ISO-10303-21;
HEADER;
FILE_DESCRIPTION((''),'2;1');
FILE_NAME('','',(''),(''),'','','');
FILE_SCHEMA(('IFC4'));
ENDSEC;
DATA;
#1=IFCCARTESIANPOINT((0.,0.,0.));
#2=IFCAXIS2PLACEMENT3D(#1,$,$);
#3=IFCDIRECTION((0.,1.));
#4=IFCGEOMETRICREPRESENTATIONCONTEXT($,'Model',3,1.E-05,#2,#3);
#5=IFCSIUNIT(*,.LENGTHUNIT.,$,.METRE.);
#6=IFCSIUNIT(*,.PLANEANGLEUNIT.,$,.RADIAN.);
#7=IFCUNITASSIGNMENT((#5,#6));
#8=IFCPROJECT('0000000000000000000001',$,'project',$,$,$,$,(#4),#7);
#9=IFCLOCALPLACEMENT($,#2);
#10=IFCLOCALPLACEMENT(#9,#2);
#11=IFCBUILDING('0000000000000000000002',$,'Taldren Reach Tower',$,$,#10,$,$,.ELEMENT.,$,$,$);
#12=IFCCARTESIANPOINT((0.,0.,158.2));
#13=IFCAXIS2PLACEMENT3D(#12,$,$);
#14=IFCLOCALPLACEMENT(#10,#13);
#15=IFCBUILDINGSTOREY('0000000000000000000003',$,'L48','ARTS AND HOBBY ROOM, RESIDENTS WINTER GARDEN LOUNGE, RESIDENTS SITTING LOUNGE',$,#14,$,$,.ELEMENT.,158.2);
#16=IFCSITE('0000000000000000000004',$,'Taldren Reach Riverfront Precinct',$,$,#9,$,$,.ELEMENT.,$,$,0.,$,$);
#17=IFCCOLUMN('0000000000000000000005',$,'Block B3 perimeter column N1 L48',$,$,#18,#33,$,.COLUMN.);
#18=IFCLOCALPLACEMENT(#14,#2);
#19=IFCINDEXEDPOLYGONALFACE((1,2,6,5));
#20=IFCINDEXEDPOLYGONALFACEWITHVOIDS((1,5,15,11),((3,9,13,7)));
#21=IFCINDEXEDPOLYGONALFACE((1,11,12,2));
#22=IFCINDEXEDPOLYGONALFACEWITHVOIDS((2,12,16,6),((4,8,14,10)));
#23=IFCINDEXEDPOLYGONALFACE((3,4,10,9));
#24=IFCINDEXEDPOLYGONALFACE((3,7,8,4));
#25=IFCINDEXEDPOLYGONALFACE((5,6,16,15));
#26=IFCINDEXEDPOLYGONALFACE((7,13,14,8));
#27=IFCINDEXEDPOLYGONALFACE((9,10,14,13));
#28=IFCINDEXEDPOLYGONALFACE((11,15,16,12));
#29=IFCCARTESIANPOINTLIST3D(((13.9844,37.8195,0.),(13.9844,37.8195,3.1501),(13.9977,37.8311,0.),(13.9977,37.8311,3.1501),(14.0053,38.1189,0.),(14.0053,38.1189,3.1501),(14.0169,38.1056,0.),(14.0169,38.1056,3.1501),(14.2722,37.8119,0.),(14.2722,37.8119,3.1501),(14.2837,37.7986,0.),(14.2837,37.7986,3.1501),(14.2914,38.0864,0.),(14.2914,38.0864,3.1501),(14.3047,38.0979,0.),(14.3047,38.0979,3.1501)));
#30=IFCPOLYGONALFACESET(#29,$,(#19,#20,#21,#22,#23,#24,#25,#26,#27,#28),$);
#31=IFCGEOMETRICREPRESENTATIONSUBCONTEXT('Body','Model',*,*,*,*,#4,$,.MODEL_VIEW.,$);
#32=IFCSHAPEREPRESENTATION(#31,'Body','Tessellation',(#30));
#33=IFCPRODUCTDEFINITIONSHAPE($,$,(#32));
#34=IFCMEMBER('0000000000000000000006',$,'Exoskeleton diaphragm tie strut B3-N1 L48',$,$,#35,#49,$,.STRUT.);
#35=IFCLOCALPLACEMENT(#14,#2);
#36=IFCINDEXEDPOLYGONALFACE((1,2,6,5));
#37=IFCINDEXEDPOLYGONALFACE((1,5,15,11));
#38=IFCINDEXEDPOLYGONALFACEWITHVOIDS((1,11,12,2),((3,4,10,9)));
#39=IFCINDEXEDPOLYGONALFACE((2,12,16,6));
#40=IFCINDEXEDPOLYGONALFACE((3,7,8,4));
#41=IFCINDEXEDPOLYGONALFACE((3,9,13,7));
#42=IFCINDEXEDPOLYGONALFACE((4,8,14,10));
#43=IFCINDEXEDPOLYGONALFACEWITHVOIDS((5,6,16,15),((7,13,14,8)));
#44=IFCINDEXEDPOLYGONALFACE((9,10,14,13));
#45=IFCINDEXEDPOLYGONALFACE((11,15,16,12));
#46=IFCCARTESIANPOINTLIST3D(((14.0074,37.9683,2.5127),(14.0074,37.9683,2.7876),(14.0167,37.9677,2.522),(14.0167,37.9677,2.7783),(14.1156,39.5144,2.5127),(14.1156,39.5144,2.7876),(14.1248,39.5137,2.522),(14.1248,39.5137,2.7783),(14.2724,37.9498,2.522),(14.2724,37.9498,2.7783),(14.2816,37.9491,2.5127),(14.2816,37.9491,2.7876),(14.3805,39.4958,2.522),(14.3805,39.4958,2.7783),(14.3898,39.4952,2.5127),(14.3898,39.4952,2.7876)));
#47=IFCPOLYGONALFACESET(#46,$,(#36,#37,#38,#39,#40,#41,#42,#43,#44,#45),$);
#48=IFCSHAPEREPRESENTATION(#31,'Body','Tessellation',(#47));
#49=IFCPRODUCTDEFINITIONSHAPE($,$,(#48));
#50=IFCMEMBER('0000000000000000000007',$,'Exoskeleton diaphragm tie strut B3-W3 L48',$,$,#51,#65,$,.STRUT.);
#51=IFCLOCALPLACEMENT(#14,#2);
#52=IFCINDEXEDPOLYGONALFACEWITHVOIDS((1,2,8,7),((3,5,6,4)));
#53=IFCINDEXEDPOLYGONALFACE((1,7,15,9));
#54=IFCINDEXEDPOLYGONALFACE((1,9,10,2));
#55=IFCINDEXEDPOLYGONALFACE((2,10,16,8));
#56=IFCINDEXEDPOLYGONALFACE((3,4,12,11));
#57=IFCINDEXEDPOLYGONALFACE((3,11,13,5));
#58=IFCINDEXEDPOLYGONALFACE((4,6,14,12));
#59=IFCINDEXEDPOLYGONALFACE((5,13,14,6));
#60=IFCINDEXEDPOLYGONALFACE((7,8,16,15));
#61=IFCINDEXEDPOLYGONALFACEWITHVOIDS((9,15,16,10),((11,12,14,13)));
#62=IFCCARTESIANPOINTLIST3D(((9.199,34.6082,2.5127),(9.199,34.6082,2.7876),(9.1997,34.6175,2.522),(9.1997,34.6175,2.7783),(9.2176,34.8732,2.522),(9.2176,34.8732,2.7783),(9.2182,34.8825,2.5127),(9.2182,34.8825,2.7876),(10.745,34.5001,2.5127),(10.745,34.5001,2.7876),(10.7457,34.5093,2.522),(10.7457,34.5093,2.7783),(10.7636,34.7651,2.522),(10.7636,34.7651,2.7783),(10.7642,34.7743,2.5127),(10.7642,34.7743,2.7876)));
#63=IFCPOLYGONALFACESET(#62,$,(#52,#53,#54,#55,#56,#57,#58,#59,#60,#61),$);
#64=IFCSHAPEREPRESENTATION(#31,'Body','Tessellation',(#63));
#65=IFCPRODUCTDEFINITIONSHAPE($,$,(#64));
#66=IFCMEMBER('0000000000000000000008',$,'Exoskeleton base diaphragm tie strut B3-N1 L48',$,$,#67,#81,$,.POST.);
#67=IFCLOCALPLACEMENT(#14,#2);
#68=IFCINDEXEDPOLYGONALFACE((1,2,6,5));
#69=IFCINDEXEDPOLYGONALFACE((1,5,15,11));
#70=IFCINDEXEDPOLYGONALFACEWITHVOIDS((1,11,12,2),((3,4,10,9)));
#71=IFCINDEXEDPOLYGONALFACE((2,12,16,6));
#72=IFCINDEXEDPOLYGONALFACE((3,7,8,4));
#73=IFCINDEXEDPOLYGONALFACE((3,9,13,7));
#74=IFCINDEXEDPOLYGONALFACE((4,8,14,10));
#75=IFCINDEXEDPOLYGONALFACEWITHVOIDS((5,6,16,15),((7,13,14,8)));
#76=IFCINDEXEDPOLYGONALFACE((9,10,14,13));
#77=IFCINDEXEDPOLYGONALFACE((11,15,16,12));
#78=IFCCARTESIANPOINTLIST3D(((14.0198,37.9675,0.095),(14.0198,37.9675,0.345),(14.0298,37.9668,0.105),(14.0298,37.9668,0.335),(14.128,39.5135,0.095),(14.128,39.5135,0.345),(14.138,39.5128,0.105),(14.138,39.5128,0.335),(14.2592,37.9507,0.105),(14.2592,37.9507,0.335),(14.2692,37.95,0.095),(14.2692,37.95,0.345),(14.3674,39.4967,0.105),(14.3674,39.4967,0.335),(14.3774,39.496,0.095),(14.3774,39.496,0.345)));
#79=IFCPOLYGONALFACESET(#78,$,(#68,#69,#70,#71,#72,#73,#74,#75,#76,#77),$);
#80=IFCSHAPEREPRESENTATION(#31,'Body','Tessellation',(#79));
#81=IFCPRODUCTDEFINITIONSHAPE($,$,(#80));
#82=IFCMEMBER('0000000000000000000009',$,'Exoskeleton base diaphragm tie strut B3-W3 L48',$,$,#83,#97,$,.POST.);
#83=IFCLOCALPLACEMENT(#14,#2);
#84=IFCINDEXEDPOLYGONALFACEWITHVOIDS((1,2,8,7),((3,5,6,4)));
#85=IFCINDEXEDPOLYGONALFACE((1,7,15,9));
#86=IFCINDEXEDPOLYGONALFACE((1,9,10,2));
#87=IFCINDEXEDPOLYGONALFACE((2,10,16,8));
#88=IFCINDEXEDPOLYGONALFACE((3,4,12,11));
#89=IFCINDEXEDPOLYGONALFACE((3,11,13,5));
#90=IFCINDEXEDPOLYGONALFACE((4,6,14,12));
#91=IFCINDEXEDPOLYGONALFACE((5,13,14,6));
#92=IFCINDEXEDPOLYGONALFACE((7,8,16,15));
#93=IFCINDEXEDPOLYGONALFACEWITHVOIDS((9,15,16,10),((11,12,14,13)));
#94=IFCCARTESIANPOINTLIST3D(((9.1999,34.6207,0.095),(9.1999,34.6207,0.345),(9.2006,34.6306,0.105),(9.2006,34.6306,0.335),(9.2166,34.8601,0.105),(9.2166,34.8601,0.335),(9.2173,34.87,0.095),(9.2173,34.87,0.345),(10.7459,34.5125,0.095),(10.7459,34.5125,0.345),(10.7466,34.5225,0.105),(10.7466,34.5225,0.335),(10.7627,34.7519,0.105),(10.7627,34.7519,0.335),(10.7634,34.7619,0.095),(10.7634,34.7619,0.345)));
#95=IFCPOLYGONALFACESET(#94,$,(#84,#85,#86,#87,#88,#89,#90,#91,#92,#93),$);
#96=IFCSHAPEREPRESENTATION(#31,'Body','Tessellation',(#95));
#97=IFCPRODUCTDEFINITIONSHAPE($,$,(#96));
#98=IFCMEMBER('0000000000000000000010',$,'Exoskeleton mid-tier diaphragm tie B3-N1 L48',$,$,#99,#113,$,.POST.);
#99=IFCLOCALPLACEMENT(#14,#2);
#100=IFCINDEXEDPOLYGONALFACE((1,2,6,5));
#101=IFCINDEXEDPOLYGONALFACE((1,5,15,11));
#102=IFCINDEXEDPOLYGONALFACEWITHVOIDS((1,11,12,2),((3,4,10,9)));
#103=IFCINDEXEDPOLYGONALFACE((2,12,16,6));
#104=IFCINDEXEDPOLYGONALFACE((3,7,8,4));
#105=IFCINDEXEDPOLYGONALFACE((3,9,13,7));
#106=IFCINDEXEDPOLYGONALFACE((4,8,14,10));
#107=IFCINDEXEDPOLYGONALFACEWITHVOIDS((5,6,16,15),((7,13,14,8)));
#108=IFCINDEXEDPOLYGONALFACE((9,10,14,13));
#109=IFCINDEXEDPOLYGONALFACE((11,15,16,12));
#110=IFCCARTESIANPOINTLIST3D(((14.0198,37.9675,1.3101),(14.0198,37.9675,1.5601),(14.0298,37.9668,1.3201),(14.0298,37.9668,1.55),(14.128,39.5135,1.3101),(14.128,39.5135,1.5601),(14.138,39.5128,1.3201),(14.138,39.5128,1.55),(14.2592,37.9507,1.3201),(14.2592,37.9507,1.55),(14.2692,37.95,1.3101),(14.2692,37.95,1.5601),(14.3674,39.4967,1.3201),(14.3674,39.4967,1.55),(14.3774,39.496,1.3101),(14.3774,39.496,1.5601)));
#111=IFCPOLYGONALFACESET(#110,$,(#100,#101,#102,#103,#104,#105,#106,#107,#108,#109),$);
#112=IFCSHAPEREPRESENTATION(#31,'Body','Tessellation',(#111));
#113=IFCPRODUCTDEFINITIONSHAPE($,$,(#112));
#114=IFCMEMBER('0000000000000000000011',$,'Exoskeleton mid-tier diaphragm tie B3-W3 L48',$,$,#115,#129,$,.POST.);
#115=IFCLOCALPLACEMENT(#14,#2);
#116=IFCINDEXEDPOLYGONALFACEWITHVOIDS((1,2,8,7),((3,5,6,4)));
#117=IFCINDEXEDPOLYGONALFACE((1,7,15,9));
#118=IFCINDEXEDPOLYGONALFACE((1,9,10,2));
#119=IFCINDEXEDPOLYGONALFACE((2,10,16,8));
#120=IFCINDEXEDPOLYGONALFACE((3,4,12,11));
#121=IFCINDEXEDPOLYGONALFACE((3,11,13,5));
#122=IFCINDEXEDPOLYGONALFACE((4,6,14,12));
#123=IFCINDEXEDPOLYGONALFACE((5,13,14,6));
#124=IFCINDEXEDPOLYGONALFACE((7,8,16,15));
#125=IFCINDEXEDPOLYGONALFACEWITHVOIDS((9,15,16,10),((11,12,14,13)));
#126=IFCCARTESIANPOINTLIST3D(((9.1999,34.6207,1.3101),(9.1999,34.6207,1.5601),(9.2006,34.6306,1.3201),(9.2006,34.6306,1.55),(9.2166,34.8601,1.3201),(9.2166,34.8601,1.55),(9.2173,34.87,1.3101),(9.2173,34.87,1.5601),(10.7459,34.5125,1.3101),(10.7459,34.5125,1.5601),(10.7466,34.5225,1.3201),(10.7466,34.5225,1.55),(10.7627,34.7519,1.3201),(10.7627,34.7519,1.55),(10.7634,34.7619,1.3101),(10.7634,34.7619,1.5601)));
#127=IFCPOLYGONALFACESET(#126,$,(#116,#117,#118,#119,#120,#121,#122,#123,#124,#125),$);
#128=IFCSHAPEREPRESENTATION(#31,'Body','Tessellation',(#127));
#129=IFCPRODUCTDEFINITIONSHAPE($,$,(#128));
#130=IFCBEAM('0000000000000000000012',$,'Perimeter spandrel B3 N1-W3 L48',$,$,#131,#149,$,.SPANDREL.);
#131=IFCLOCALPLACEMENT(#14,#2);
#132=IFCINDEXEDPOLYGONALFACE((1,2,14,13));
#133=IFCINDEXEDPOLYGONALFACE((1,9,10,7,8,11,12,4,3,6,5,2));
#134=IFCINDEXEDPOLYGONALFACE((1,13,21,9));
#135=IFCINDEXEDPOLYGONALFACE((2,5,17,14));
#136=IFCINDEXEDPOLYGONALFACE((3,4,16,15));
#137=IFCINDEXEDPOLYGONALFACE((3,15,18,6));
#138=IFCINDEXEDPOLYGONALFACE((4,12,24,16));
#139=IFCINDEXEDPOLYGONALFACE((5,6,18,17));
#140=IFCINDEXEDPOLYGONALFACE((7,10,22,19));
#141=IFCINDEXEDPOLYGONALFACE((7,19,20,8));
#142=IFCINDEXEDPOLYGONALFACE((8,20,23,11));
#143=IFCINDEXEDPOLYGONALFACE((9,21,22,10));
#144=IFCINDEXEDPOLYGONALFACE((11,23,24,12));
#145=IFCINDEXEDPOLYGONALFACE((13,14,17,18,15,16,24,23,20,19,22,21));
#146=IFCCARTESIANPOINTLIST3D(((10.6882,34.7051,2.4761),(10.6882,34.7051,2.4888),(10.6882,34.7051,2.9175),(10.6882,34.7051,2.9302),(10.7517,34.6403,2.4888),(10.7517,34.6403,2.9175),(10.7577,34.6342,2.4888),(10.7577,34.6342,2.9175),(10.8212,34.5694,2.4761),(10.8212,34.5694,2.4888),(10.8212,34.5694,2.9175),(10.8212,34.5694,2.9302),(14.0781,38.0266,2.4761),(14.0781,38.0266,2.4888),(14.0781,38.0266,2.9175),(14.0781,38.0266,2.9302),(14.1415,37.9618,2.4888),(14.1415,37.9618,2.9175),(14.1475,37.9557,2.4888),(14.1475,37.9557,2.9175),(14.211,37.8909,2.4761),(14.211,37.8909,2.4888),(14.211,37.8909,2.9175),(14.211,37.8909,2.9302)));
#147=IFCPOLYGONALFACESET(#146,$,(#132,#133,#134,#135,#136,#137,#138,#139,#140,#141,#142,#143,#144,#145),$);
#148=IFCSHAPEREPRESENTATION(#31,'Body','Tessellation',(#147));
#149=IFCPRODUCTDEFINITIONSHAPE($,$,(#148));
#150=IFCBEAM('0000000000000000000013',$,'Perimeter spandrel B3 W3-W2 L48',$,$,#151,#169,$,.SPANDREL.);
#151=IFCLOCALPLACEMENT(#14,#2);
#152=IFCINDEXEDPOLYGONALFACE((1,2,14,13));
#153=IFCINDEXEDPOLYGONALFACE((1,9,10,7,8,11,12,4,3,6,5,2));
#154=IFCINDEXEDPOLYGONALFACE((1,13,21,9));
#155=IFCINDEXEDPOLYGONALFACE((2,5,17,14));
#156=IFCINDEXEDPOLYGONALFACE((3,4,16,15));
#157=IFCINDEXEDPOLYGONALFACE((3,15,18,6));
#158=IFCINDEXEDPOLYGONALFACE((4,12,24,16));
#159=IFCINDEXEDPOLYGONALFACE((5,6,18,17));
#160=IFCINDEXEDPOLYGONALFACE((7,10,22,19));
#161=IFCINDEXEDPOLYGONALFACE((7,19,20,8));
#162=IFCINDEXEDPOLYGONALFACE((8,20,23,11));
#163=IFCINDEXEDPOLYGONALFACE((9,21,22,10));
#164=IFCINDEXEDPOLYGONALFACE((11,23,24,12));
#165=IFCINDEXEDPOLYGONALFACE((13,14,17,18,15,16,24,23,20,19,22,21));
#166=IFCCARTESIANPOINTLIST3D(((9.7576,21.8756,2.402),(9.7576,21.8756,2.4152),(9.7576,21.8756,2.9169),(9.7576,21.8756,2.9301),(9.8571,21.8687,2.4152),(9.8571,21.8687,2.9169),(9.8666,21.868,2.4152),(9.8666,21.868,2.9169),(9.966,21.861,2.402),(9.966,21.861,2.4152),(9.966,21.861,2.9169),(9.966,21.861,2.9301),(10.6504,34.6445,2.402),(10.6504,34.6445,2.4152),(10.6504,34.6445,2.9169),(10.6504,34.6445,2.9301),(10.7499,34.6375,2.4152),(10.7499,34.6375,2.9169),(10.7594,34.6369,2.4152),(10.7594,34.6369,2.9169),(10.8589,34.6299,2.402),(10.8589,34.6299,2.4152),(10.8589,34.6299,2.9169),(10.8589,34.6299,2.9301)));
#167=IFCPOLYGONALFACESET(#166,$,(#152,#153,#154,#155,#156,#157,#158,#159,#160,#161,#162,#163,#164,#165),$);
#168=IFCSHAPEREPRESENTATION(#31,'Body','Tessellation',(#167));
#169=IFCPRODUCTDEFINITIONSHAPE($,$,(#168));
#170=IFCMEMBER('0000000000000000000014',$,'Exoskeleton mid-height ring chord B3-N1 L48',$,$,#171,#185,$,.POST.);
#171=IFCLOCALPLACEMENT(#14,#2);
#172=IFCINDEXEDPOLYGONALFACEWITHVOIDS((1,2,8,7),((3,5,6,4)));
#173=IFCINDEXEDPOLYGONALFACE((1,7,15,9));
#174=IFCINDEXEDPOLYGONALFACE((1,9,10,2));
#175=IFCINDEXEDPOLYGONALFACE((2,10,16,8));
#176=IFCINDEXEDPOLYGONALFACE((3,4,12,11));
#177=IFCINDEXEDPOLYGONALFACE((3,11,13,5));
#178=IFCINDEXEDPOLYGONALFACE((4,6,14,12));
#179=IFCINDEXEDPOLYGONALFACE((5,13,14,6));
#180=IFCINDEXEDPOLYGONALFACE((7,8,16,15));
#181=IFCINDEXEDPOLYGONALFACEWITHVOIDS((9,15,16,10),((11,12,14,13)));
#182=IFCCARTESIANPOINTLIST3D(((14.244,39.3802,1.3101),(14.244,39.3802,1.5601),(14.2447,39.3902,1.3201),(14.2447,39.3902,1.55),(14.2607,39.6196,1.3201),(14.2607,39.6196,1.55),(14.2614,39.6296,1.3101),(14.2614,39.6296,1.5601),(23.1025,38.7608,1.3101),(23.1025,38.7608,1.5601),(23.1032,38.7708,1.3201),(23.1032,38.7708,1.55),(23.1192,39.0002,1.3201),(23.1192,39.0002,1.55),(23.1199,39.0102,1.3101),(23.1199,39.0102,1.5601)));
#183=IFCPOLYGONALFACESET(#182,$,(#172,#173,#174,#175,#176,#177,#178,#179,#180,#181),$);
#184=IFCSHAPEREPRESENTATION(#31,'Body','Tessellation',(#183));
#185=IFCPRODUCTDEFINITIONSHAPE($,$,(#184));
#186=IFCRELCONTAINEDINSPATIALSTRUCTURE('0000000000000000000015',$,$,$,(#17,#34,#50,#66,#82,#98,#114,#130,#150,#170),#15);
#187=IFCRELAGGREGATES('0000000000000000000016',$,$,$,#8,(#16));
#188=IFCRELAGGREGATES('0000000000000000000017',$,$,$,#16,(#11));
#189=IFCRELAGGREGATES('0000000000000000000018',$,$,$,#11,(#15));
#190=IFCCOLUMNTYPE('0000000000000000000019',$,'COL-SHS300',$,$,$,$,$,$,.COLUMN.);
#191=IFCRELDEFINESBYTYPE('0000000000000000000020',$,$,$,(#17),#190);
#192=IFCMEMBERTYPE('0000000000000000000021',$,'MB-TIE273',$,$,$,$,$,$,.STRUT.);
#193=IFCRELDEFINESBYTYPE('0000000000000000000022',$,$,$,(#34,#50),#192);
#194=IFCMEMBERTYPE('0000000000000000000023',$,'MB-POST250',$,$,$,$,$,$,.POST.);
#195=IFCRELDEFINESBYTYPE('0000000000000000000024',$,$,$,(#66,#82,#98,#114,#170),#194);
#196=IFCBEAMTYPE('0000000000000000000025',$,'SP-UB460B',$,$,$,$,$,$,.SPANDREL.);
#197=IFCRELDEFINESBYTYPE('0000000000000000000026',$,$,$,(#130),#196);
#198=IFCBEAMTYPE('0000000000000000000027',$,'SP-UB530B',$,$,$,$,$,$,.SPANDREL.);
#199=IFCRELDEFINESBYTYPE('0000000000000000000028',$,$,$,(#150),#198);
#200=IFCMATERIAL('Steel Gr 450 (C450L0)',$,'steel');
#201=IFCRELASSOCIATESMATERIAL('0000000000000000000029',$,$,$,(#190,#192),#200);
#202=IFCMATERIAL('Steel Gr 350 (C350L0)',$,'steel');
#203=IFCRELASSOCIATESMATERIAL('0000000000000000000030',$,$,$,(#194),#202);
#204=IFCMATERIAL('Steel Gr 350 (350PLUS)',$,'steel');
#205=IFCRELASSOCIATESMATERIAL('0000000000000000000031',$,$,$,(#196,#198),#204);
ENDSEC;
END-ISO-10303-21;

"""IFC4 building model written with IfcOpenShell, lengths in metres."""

from ifc_helpers import new_model, si_unit, direction, frame, origin, origin_2d, place, context, subcontext, project, spatial, hollow_rectangle, i_section, extrude, source, transform, mapped, material, material_profile, profile_set, type_object, element, save


model = new_model("IFC4")

# Units and contexts
model_context = context("Model", 3, precision=1e-05, world=origin(), true_north=direction((0.0, 1.0)))
body_context = subcontext(model_context, "Body", "Model", "MODEL_VIEW")
ifc_project = project(units=[si_unit("LENGTHUNIT", "METRE"), si_unit("PLANEANGLEUNIT", "RADIAN")], contexts=[model_context])

# Site, building, storey
site_placement = place(None, origin())
site = spatial("IfcSite", under=ifc_project, at=site_placement, Name="Taldren Reach Riverfront Precinct", CompositionType="ELEMENT", RefElevation=0.0)
building_placement = place(site_placement, origin())
building = spatial("IfcBuilding", under=site, at=building_placement, Name="Taldren Reach Tower", CompositionType="ELEMENT")
storey_placement = place(building_placement, frame((0.0, 0.0, 158.2)))
storey = spatial("IfcBuildingStorey", under=building, at=storey_placement, Name="L48", Description="ARTS AND HOBBY ROOM, RESIDENTS WINTER GARDEN LOUNGE, RESIDENTS SITTING LOUNGE", CompositionType="ELEMENT", Elevation=158.2)

# Column
ifc_material_1 = material(Name="Steel Gr 450 (C450L0)", Category="steel")
ifc_material_profile_1 = material_profile(ifc_material_1, hollow_rectangle(XDim=0.3, YDim=0.3, WallThickness=0.0125, at=origin_2d()), Name="300x300x12.5SHS")
ifc_profile_set_1 = profile_set([ifc_material_profile_1], Name="Steel Gr 450 (C450L0)")
column_type = type_object("IfcColumnType", Name="COL-SHS300", PredefinedType="COLUMN", material=ifc_profile_set_1)
shared_shape_1 = source(origin(), body_context, "Body", "SweptSolid", [
    extrude(hollow_rectangle(XDim=0.3, YDim=0.3, WallThickness=0.0125, at=origin_2d()), origin(), (0.0, 0.0, 1.0), 3.1501),
])
column_placement = place(storey_placement, frame((14.1445, 37.9587, 0.0), z_axis=(0.0, 0.0, 1.0), x_axis=(0.997564, -0.069756, 0.0)))
element("IfcColumn", 1, at=column_placement, inside=storey, type_object=column_type, Name="Block B3 perimeter column N1 L48", PredefinedType="COLUMN", context=body_context, shape_type="MappedRepresentation", body=[
    mapped(shared_shape_1, transform((0.0, 0.0, 0.0), scale=1.0)),
])

# Members
ifc_material_profile_2 = material_profile(ifc_material_1, hollow_rectangle(XDim=0.2749, YDim=0.2749, WallThickness=0.0093, at=origin_2d()), Name="275x275x9.3SHS")
ifc_profile_set_2 = profile_set([ifc_material_profile_2], Name="Steel Gr 450 (C450L0)")
member_type_1 = type_object("IfcMemberType", Name="MB-TIE273", PredefinedType="STRUT", material=ifc_profile_set_2)
shared_shape_2 = source(origin(), body_context, "Body", "SweptSolid", [
    extrude(hollow_rectangle(XDim=0.2749, YDim=0.2749, WallThickness=0.0093, at=origin_2d()), origin(), (0.0, 0.0, 1.0), 1.5498),
])
for number, where, z_axis, x_axis, name in (
    (2, (14.1445, 37.9587, 2.6501), (0.069781, 0.997562, 0.0), (-0.997562, 0.069781, 0.0), "Exoskeleton diaphragm tie strut B3-N1 L48"),
    (3, (10.7546, 34.6372, 2.6501), (-0.997562, 0.069781, 0.0), (-0.069781, -0.997562, 0.0), "Exoskeleton diaphragm tie strut B3-W3 L48"),
):
    element("IfcMember", number, at=place(storey_placement, frame(where, z_axis=z_axis, x_axis=x_axis)), inside=storey, type_object=member_type_1, Name=name, PredefinedType="STRUT", context=body_context, shape_type="MappedRepresentation", body=[
        mapped(shared_shape_2, transform((0.0, 0.0, 0.0), scale=1.0)),
    ])
ifc_material_2 = material(Name="Steel Gr 350 (C350L0)", Category="steel")
ifc_material_profile_3 = material_profile(ifc_material_2, hollow_rectangle(XDim=0.25, YDim=0.25, WallThickness=0.01, at=origin_2d()), Name="250x250x10.0SHS")
ifc_profile_set_3 = profile_set([ifc_material_profile_3], Name="Steel Gr 350 (C350L0)")
member_type_2 = type_object("IfcMemberType", Name="MB-POST250", PredefinedType="POST", material=ifc_profile_set_3)
shared_shape_3 = source(origin(), body_context, "Body", "SweptSolid", [
    extrude(hollow_rectangle(XDim=0.25, YDim=0.25, WallThickness=0.01, at=origin_2d()), origin(), (0.0, 0.0, 1.0), 1.5498),
])
for number, where, z_axis, x_axis, name in (
    (4, (14.1445, 37.9587, 0.22), (0.069781, 0.997562, 0.0), (-0.997562, 0.069781, 0.0), "Exoskeleton base diaphragm tie strut B3-N1 L48"),
    (5, (10.7546, 34.6372, 0.22), (-0.997562, 0.069781, 0.0), (-0.069781, -0.997562, 0.0), "Exoskeleton base diaphragm tie strut B3-W3 L48"),
    (6, (14.1445, 37.9587, 1.4351), (0.069781, 0.997562, 0.0), (-0.997562, 0.069781, 0.0), "Exoskeleton mid-tier diaphragm tie B3-N1 L48"),
    (7, (10.7546, 34.6372, 1.4351), (-0.997562, 0.069781, 0.0), (-0.069781, -0.997562, 0.0), "Exoskeleton mid-tier diaphragm tie B3-W3 L48"),
):
    element("IfcMember", number, at=place(storey_placement, frame(where, z_axis=z_axis, x_axis=x_axis)), inside=storey, type_object=member_type_2, Name=name, PredefinedType="POST", context=body_context, shape_type="MappedRepresentation", body=[
        mapped(shared_shape_3, transform((0.0, 0.0, 0.0), scale=1.0)),
    ])

# Beams
ifc_material_3 = material(Name="Steel Gr 350 (350PLUS)", Category="steel")
ifc_material_profile_4 = material_profile(ifc_material_3, i_section(OverallWidth=0.1899, OverallDepth=0.4541, WebThickness=0.0085, FlangeThickness=0.0127, at=origin_2d()), Name="460UB67.1")
ifc_profile_set_4 = profile_set([ifc_material_profile_4], Name="Steel Gr 350 (350PLUS)")
beam_type_1 = type_object("IfcBeamType", Name="SP-UB460B", PredefinedType="SPANDREL", material=ifc_profile_set_4)
shared_shape_4 = source(origin(), body_context, "Body", "SweptSolid", [
    extrude(i_section(OverallWidth=0.1899, OverallDepth=0.4541, WebThickness=0.0085, FlangeThickness=0.0127, at=origin_2d()), origin(), (0.0, 0.0, 1.0), 4.7458),
])
beam_1_placement = place(storey_placement, frame((14.1445, 37.9587, 2.7031), z_axis=(-0.714272, -0.699868, 0.0), x_axis=(0.699868, -0.714272, 0.0)))
element("IfcBeam", 8, at=beam_1_placement, inside=storey, type_object=beam_type_1, Name="Perimeter spandrel B3 N1-W3 L48", PredefinedType="SPANDREL", context=body_context, shape_type="MappedRepresentation", body=[
    mapped(shared_shape_4, transform((0.0, 0.0, 0.0), scale=1.0)),
])
ifc_material_profile_5 = material_profile(ifc_material_3, i_section(OverallWidth=0.209, OverallDepth=0.5281, WebThickness=0.0095, FlangeThickness=0.0132, at=origin_2d()), Name="530UB82.0")
ifc_profile_set_5 = profile_set([ifc_material_profile_5], Name="Steel Gr 350 (350PLUS)")
beam_type_2 = type_object("IfcBeamType", Name="SP-UB530B", PredefinedType="SPANDREL", material=ifc_profile_set_5)
shared_shape_5 = source(origin(), body_context, "Body", "SweptSolid", [
    extrude(i_section(OverallWidth=0.209, OverallDepth=0.5281, WebThickness=0.0095, FlangeThickness=0.0132, at=origin_2d()), origin(), (0.0, 0.0, 1.0), 12.8),
])
beam_2_placement = place(storey_placement, frame((10.7546, 34.6372, 2.666), z_axis=(-0.069752, -0.997564, 0.0), x_axis=(0.997564, -0.069752, 0.0)))
element("IfcBeam", 9, at=beam_2_placement, inside=storey, type_object=beam_type_2, Name="Perimeter spandrel B3 W3-W2 L48", PredefinedType="SPANDREL", context=body_context, shape_type="MappedRepresentation", body=[
    mapped(shared_shape_5, transform((0.0, 0.0, 0.0), scale=1.0)),
])

# Member
shared_shape_6 = source(origin(), body_context, "Body", "SweptSolid", [
    extrude(hollow_rectangle(XDim=0.25, YDim=0.25, WallThickness=0.01, at=origin_2d()), origin(), (0.0, 0.0, 1.0), 8.8801),
])
member_1_placement = place(storey_placement, frame((14.2527, 39.5049, 1.4351), z_axis=(0.997564, -0.06975, 0.0), x_axis=(0.06975, 0.997564, 0.0)))
element("IfcMember", 10, at=member_1_placement, inside=storey, type_object=member_type_2, Name="Exoskeleton mid-height ring chord B3-N1 L48", PredefinedType="POST", context=body_context, shape_type="MappedRepresentation", body=[
    mapped(shared_shape_6, transform((0.0, 0.0, 0.0), scale=1.0)),
])

save(model, "model.ifc")
